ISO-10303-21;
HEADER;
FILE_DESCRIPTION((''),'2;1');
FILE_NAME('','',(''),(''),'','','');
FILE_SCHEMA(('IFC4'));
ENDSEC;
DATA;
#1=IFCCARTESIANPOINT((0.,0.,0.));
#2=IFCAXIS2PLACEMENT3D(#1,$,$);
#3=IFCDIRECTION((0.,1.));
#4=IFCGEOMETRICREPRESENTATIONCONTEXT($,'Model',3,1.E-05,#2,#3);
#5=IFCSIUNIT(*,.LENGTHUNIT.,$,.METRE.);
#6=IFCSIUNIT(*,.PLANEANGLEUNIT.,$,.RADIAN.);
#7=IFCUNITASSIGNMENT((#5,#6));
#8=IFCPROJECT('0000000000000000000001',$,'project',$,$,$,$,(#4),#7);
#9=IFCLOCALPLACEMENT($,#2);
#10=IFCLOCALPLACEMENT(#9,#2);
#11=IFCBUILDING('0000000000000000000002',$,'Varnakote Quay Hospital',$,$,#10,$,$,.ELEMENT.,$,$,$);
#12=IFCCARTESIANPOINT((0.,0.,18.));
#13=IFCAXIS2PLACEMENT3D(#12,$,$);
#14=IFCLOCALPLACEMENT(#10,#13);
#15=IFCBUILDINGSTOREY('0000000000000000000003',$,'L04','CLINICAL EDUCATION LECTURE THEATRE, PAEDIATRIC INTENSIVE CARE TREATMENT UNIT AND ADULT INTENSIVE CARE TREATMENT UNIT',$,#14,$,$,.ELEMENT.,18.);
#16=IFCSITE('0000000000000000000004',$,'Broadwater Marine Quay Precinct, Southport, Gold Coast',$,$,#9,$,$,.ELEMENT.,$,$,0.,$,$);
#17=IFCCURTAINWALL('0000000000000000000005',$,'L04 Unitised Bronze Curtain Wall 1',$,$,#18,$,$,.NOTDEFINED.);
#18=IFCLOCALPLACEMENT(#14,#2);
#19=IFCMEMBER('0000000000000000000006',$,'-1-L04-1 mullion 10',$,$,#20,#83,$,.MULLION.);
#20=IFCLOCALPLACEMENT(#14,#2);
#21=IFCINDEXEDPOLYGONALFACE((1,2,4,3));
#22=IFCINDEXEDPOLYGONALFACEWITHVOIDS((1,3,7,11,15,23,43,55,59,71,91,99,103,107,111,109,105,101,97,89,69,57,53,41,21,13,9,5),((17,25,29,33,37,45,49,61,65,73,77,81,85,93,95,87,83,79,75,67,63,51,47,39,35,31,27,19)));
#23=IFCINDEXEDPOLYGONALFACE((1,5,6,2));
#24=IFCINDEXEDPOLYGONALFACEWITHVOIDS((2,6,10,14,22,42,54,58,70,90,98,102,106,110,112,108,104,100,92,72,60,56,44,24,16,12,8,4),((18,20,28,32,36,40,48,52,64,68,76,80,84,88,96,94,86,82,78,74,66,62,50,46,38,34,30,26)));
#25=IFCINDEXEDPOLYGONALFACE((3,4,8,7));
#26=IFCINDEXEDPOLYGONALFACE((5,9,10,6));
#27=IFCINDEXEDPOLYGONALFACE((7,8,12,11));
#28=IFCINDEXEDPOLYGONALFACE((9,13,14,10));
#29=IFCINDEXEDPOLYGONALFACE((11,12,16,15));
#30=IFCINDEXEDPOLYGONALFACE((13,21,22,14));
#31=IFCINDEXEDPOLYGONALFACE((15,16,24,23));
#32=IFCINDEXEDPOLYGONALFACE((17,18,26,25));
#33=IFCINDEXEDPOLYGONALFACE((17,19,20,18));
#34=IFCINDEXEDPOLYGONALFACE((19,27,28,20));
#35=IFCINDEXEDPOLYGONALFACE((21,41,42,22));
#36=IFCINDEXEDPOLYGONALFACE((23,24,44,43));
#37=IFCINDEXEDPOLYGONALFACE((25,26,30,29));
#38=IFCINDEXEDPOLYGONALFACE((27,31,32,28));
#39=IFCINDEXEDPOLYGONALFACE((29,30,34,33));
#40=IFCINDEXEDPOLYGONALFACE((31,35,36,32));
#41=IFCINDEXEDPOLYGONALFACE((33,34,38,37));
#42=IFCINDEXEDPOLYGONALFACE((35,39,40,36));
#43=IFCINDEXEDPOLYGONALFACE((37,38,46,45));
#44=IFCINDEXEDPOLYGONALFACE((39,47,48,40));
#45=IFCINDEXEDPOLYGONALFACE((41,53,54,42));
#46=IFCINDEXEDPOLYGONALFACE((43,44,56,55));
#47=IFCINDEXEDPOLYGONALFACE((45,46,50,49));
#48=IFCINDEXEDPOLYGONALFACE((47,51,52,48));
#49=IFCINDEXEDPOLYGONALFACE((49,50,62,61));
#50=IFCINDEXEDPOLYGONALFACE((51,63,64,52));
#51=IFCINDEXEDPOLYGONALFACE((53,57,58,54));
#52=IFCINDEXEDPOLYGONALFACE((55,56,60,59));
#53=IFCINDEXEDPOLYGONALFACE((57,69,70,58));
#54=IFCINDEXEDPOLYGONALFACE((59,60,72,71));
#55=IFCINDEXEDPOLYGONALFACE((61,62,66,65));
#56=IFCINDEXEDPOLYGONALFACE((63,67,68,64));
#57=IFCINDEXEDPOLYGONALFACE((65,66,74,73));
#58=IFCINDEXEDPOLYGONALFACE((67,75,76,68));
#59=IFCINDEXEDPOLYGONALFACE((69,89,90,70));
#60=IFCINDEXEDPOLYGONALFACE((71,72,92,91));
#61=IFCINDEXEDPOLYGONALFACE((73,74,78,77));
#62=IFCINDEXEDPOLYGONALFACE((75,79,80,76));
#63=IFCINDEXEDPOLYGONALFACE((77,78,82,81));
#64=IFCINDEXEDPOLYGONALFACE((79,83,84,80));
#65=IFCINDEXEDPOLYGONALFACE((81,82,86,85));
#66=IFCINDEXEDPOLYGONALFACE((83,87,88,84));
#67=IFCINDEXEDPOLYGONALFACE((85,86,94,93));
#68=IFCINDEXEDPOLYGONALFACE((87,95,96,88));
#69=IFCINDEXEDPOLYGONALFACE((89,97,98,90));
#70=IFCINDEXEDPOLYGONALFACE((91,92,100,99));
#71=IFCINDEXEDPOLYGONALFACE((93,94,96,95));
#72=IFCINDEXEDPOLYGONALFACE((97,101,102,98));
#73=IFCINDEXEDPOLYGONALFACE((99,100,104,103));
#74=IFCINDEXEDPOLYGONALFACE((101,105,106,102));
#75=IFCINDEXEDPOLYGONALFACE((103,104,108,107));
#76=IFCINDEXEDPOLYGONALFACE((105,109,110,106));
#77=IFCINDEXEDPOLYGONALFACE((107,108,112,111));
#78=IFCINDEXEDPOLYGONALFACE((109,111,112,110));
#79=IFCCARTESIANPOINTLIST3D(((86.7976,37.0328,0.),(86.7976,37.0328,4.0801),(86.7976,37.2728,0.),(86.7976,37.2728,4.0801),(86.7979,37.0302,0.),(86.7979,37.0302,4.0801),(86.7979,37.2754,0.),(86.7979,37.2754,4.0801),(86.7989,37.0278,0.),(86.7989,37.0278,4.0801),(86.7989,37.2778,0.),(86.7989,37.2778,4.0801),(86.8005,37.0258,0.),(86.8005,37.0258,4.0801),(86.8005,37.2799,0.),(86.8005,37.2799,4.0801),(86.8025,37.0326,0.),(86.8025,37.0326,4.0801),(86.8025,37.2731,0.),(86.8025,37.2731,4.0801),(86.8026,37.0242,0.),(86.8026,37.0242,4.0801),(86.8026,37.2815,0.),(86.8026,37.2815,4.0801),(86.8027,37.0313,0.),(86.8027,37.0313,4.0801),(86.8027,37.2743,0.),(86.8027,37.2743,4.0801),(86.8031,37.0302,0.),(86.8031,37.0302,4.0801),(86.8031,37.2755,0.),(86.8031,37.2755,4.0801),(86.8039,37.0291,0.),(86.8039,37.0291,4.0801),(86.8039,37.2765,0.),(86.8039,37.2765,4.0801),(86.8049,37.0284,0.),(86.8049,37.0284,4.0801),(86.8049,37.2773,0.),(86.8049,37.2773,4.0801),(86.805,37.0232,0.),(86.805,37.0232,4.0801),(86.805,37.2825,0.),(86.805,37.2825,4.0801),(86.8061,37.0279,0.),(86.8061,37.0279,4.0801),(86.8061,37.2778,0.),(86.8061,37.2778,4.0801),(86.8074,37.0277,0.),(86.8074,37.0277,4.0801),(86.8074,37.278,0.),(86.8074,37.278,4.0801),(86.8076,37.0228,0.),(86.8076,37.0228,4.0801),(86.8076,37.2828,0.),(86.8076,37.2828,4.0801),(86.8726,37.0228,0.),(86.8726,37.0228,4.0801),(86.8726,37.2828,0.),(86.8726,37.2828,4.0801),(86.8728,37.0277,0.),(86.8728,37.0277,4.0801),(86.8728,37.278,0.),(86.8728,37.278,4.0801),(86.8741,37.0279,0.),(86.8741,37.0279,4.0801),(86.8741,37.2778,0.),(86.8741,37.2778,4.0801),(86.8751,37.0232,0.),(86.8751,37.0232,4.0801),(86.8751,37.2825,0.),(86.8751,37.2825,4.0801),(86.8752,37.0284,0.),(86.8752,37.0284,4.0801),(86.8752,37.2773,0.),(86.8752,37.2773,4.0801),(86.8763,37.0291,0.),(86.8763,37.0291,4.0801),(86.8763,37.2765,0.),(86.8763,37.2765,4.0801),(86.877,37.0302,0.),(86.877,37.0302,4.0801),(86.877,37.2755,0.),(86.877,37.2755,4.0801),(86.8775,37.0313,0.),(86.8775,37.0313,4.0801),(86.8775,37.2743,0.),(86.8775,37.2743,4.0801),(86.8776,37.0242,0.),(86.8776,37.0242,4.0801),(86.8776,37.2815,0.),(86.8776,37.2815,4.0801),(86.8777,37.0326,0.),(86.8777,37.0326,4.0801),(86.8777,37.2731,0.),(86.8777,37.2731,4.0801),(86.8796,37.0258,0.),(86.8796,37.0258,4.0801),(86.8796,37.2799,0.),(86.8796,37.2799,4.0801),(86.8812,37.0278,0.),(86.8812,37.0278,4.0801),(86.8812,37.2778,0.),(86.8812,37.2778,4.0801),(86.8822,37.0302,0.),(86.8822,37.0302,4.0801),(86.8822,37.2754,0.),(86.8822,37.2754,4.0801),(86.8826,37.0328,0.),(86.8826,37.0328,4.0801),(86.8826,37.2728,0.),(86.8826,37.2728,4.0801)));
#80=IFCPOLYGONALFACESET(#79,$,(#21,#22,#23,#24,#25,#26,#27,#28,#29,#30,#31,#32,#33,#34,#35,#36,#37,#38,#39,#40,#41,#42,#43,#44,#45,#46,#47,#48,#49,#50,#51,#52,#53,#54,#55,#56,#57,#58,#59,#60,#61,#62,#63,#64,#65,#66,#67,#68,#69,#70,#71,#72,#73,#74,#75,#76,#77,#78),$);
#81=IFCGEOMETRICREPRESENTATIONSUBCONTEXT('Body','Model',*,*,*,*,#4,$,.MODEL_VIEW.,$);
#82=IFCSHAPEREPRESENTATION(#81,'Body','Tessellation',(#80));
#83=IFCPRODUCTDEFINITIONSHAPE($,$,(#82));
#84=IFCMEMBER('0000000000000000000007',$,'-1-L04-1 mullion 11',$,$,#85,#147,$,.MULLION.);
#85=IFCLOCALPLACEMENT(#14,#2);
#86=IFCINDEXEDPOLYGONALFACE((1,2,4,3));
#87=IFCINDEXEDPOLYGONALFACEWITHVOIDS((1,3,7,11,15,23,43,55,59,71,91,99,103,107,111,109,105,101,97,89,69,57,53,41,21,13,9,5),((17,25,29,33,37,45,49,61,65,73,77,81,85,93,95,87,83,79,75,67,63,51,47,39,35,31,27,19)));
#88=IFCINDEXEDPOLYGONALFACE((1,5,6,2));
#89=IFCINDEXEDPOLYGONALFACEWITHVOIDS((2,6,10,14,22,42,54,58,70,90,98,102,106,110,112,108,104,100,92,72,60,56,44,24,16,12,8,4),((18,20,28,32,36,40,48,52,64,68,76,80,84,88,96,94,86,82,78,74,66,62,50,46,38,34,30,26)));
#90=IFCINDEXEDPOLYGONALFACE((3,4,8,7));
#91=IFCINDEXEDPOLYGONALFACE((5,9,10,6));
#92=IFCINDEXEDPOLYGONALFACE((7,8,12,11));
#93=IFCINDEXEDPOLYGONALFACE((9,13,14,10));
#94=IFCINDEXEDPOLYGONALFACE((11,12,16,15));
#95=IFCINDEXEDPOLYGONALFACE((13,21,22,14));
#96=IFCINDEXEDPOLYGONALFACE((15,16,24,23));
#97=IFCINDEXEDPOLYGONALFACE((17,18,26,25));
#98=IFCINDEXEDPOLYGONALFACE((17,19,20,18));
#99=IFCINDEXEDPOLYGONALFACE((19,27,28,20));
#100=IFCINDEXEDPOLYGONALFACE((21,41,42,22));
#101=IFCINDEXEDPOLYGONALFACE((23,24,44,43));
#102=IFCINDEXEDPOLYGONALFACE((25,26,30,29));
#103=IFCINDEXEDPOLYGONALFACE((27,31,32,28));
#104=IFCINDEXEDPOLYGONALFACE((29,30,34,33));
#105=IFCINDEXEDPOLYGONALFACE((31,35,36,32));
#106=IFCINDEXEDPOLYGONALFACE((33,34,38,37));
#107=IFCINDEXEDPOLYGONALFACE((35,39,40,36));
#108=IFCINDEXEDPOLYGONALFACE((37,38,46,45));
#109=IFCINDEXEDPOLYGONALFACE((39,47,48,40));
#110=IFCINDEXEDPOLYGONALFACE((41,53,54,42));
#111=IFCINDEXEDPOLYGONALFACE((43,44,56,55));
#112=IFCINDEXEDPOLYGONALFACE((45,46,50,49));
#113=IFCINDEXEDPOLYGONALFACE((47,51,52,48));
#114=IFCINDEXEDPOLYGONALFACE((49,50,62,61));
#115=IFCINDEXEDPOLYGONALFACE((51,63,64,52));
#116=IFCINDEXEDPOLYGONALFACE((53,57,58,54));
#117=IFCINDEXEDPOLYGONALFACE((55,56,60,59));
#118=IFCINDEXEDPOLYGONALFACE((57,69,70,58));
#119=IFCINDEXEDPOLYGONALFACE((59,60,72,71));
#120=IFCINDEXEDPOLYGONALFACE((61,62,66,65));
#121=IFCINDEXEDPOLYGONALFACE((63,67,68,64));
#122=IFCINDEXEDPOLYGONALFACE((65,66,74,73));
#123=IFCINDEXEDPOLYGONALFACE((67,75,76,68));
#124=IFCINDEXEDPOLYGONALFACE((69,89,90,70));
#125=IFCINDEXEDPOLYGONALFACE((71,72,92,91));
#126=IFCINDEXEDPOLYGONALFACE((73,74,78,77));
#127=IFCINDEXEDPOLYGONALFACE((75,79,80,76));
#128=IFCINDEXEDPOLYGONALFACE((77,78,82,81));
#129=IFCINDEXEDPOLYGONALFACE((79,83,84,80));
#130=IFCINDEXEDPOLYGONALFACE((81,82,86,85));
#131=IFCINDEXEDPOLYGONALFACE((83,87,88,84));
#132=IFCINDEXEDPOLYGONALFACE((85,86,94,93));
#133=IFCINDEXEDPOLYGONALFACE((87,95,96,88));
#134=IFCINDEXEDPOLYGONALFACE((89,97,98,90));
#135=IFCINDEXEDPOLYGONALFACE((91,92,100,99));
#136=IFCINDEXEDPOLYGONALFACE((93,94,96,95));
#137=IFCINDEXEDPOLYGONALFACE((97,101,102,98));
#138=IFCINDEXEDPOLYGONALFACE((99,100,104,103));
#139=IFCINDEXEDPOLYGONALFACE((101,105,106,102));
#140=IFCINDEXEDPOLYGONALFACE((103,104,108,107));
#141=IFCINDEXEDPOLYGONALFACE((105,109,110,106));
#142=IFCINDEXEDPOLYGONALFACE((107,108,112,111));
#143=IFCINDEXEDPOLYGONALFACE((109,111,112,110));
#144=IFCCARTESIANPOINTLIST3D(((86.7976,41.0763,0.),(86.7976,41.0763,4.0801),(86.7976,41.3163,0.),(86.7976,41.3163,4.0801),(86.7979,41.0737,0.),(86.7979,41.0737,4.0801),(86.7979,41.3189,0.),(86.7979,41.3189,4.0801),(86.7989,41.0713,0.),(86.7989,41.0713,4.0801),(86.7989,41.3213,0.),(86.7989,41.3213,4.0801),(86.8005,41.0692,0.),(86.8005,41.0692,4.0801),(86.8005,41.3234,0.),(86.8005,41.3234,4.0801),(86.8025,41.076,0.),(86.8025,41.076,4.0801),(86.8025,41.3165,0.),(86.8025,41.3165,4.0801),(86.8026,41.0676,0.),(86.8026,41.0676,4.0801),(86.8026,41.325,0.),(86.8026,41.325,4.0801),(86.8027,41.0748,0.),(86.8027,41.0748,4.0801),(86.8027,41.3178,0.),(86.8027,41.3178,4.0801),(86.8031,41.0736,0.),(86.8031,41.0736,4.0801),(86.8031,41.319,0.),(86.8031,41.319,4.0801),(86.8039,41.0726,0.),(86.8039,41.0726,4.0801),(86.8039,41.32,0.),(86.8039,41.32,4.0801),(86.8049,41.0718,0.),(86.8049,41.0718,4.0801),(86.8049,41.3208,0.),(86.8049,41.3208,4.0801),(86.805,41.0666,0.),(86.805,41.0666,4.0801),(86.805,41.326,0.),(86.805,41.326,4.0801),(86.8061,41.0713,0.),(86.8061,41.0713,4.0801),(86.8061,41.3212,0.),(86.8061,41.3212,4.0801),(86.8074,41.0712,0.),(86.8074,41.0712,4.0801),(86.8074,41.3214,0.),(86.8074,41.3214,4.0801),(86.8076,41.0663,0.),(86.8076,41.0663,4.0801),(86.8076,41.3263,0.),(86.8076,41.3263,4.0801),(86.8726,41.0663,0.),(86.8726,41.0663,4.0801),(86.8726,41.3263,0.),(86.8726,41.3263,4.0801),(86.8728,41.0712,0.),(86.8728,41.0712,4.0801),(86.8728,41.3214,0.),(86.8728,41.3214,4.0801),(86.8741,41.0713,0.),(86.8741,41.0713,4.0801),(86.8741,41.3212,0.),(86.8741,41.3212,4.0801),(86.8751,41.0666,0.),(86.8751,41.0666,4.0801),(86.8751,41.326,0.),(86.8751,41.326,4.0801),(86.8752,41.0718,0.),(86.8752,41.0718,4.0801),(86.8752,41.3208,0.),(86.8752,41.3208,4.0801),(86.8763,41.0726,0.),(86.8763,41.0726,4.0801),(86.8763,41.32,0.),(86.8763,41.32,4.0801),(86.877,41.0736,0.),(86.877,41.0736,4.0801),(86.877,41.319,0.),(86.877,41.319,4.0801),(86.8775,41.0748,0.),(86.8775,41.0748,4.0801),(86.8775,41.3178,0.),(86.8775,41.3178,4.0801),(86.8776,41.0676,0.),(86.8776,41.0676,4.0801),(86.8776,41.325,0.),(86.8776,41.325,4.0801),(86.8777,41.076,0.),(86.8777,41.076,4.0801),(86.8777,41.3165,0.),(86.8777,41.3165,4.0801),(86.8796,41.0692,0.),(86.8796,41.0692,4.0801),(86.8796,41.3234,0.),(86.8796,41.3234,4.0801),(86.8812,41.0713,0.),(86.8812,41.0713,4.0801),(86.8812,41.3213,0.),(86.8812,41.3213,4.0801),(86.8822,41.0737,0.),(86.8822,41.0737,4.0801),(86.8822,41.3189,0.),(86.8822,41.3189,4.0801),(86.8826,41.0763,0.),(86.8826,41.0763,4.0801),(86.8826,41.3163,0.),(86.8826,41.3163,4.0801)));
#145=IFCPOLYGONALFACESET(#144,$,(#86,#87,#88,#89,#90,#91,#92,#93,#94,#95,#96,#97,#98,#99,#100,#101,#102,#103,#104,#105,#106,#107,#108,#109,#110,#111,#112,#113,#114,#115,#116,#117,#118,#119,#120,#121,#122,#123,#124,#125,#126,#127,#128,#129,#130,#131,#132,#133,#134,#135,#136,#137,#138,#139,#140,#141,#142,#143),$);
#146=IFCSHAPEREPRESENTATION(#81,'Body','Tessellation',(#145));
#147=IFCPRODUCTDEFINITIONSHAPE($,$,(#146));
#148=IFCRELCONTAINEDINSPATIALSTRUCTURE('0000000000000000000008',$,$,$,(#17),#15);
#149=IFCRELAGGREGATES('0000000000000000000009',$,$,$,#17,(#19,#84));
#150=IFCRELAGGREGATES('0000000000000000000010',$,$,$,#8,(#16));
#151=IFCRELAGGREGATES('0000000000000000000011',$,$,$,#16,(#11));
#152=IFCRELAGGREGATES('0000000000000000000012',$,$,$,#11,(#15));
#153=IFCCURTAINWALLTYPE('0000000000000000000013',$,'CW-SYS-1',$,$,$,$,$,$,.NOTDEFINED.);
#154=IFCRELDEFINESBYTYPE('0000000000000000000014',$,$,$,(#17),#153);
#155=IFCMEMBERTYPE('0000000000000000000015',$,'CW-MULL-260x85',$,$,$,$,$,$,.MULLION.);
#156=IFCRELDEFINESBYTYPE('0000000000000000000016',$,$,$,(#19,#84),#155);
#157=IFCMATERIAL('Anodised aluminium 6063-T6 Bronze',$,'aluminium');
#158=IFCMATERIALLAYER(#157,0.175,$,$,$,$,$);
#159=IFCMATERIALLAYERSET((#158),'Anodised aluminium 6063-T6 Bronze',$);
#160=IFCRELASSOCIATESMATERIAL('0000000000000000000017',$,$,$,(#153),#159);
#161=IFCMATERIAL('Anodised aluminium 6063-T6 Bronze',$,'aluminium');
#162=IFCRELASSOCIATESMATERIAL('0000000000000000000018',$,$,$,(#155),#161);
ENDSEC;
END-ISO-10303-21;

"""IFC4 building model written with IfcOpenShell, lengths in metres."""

from ifc_helpers import new_model, si_unit, direction, frame, origin, origin_2d, place, context, subcontext, project, spatial, hollow_rectangle, extrude, material, layer, layer_set, material_profile, profile_set, type_object, element, aggregate, save


model = new_model("IFC4")

# Units and contexts
model_context = context("Model", 3, precision=1e-05, world=origin(), true_north=direction((0.0, 1.0)))
body_context = subcontext(model_context, "Body", "Model", "MODEL_VIEW")
ifc_project = project(units=[si_unit("LENGTHUNIT", "METRE"), si_unit("PLANEANGLEUNIT", "RADIAN")], contexts=[model_context])

# Site, building, storey
site_placement = place(None, origin())
site = spatial("IfcSite", under=ifc_project, at=site_placement, Name="Broadwater Marine Quay Precinct, Southport, Gold Coast", CompositionType="ELEMENT", RefElevation=0.0)
building_placement = place(site_placement, origin())
building = spatial("IfcBuilding", under=site, at=building_placement, Name="Varnakote Quay Hospital", CompositionType="ELEMENT")
storey_placement = place(building_placement, frame((0.0, 0.0, 18.0)))
storey = spatial("IfcBuildingStorey", under=building, at=storey_placement, Name="L04", Description="CLINICAL EDUCATION LECTURE THEATRE, PAEDIATRIC INTENSIVE CARE TREATMENT UNIT AND ADULT INTENSIVE CARE TREATMENT UNIT", CompositionType="ELEMENT", Elevation=18.0)

# Curtain wall, members
ifc_material_1 = material(Name="Anodised aluminium 6063-T6 Bronze", Category="aluminium")
ifc_layer_1 = layer(ifc_material_1, 0.175)
ifc_layer_set_1 = layer_set([ifc_layer_1], Name="Anodised aluminium 6063-T6 Bronze")
curtain_wall_type = type_object("IfcCurtainWallType", Name="CW-SYS-1", PredefinedType="NOTDEFINED", material=ifc_layer_set_1)
curtain_wall_placement = place(storey_placement, origin())
curtain_wall = element("IfcCurtainWall", 1, at=curtain_wall_placement, inside=storey, type_object=curtain_wall_type, Name="L04 Unitised Bronze Curtain Wall 1", PredefinedType="NOTDEFINED")
ifc_material_2 = material(Name="Anodised aluminium 6063-T6 Bronze", Category="aluminium")
ifc_material_profile_1 = material_profile(ifc_material_2, hollow_rectangle(XDim=0.085, YDim=0.26, WallThickness=0.0049, InnerFilletRadius=0.0049, OuterFilletRadius=0.01, at=origin_2d()), Name="CW-MULL-260x85")
ifc_profile_set_1 = profile_set([ifc_material_profile_1], Name="Anodised aluminium 6063-T6 Bronze")
member_type_1 = type_object("IfcMemberType", Name="CW-MULL-260x85", PredefinedType="MULLION", material=ifc_profile_set_1)
member_1_placement = place(storey_placement, frame((86.8401, 37.1528, 0.0), z_axis=(0.0, 0.0, 1.0), x_axis=(-1.0, 0.0, 0.0)))
member_1 = element("IfcMember", 2, at=member_1_placement, type_object=member_type_1, Name="-1-L04-1 mullion 10", PredefinedType="MULLION", context=body_context, shape_type="SweptSolid", body=[
    extrude(hollow_rectangle(XDim=0.085, YDim=0.26, WallThickness=0.0049, InnerFilletRadius=0.0049, OuterFilletRadius=0.01, at=origin_2d()), origin(), (0.0, 0.0, 1.0), 4.0801),
])
member_2_placement = place(storey_placement, frame((86.8401, 41.1963, 0.0), z_axis=(0.0, 0.0, 1.0), x_axis=(-1.0, 0.0, 0.0)))
member_2 = element("IfcMember", 3, at=member_2_placement, type_object=member_type_1, Name="-1-L04-1 mullion 11", PredefinedType="MULLION", context=body_context, shape_type="SweptSolid", body=[
    extrude(hollow_rectangle(XDim=0.085, YDim=0.26, WallThickness=0.0049, InnerFilletRadius=0.0049, OuterFilletRadius=0.01, at=origin_2d()), origin(), (0.0, 0.0, 1.0), 4.0801),
])

aggregate(curtain_wall, [member_1, member_2])

save(model, "model.ifc")
